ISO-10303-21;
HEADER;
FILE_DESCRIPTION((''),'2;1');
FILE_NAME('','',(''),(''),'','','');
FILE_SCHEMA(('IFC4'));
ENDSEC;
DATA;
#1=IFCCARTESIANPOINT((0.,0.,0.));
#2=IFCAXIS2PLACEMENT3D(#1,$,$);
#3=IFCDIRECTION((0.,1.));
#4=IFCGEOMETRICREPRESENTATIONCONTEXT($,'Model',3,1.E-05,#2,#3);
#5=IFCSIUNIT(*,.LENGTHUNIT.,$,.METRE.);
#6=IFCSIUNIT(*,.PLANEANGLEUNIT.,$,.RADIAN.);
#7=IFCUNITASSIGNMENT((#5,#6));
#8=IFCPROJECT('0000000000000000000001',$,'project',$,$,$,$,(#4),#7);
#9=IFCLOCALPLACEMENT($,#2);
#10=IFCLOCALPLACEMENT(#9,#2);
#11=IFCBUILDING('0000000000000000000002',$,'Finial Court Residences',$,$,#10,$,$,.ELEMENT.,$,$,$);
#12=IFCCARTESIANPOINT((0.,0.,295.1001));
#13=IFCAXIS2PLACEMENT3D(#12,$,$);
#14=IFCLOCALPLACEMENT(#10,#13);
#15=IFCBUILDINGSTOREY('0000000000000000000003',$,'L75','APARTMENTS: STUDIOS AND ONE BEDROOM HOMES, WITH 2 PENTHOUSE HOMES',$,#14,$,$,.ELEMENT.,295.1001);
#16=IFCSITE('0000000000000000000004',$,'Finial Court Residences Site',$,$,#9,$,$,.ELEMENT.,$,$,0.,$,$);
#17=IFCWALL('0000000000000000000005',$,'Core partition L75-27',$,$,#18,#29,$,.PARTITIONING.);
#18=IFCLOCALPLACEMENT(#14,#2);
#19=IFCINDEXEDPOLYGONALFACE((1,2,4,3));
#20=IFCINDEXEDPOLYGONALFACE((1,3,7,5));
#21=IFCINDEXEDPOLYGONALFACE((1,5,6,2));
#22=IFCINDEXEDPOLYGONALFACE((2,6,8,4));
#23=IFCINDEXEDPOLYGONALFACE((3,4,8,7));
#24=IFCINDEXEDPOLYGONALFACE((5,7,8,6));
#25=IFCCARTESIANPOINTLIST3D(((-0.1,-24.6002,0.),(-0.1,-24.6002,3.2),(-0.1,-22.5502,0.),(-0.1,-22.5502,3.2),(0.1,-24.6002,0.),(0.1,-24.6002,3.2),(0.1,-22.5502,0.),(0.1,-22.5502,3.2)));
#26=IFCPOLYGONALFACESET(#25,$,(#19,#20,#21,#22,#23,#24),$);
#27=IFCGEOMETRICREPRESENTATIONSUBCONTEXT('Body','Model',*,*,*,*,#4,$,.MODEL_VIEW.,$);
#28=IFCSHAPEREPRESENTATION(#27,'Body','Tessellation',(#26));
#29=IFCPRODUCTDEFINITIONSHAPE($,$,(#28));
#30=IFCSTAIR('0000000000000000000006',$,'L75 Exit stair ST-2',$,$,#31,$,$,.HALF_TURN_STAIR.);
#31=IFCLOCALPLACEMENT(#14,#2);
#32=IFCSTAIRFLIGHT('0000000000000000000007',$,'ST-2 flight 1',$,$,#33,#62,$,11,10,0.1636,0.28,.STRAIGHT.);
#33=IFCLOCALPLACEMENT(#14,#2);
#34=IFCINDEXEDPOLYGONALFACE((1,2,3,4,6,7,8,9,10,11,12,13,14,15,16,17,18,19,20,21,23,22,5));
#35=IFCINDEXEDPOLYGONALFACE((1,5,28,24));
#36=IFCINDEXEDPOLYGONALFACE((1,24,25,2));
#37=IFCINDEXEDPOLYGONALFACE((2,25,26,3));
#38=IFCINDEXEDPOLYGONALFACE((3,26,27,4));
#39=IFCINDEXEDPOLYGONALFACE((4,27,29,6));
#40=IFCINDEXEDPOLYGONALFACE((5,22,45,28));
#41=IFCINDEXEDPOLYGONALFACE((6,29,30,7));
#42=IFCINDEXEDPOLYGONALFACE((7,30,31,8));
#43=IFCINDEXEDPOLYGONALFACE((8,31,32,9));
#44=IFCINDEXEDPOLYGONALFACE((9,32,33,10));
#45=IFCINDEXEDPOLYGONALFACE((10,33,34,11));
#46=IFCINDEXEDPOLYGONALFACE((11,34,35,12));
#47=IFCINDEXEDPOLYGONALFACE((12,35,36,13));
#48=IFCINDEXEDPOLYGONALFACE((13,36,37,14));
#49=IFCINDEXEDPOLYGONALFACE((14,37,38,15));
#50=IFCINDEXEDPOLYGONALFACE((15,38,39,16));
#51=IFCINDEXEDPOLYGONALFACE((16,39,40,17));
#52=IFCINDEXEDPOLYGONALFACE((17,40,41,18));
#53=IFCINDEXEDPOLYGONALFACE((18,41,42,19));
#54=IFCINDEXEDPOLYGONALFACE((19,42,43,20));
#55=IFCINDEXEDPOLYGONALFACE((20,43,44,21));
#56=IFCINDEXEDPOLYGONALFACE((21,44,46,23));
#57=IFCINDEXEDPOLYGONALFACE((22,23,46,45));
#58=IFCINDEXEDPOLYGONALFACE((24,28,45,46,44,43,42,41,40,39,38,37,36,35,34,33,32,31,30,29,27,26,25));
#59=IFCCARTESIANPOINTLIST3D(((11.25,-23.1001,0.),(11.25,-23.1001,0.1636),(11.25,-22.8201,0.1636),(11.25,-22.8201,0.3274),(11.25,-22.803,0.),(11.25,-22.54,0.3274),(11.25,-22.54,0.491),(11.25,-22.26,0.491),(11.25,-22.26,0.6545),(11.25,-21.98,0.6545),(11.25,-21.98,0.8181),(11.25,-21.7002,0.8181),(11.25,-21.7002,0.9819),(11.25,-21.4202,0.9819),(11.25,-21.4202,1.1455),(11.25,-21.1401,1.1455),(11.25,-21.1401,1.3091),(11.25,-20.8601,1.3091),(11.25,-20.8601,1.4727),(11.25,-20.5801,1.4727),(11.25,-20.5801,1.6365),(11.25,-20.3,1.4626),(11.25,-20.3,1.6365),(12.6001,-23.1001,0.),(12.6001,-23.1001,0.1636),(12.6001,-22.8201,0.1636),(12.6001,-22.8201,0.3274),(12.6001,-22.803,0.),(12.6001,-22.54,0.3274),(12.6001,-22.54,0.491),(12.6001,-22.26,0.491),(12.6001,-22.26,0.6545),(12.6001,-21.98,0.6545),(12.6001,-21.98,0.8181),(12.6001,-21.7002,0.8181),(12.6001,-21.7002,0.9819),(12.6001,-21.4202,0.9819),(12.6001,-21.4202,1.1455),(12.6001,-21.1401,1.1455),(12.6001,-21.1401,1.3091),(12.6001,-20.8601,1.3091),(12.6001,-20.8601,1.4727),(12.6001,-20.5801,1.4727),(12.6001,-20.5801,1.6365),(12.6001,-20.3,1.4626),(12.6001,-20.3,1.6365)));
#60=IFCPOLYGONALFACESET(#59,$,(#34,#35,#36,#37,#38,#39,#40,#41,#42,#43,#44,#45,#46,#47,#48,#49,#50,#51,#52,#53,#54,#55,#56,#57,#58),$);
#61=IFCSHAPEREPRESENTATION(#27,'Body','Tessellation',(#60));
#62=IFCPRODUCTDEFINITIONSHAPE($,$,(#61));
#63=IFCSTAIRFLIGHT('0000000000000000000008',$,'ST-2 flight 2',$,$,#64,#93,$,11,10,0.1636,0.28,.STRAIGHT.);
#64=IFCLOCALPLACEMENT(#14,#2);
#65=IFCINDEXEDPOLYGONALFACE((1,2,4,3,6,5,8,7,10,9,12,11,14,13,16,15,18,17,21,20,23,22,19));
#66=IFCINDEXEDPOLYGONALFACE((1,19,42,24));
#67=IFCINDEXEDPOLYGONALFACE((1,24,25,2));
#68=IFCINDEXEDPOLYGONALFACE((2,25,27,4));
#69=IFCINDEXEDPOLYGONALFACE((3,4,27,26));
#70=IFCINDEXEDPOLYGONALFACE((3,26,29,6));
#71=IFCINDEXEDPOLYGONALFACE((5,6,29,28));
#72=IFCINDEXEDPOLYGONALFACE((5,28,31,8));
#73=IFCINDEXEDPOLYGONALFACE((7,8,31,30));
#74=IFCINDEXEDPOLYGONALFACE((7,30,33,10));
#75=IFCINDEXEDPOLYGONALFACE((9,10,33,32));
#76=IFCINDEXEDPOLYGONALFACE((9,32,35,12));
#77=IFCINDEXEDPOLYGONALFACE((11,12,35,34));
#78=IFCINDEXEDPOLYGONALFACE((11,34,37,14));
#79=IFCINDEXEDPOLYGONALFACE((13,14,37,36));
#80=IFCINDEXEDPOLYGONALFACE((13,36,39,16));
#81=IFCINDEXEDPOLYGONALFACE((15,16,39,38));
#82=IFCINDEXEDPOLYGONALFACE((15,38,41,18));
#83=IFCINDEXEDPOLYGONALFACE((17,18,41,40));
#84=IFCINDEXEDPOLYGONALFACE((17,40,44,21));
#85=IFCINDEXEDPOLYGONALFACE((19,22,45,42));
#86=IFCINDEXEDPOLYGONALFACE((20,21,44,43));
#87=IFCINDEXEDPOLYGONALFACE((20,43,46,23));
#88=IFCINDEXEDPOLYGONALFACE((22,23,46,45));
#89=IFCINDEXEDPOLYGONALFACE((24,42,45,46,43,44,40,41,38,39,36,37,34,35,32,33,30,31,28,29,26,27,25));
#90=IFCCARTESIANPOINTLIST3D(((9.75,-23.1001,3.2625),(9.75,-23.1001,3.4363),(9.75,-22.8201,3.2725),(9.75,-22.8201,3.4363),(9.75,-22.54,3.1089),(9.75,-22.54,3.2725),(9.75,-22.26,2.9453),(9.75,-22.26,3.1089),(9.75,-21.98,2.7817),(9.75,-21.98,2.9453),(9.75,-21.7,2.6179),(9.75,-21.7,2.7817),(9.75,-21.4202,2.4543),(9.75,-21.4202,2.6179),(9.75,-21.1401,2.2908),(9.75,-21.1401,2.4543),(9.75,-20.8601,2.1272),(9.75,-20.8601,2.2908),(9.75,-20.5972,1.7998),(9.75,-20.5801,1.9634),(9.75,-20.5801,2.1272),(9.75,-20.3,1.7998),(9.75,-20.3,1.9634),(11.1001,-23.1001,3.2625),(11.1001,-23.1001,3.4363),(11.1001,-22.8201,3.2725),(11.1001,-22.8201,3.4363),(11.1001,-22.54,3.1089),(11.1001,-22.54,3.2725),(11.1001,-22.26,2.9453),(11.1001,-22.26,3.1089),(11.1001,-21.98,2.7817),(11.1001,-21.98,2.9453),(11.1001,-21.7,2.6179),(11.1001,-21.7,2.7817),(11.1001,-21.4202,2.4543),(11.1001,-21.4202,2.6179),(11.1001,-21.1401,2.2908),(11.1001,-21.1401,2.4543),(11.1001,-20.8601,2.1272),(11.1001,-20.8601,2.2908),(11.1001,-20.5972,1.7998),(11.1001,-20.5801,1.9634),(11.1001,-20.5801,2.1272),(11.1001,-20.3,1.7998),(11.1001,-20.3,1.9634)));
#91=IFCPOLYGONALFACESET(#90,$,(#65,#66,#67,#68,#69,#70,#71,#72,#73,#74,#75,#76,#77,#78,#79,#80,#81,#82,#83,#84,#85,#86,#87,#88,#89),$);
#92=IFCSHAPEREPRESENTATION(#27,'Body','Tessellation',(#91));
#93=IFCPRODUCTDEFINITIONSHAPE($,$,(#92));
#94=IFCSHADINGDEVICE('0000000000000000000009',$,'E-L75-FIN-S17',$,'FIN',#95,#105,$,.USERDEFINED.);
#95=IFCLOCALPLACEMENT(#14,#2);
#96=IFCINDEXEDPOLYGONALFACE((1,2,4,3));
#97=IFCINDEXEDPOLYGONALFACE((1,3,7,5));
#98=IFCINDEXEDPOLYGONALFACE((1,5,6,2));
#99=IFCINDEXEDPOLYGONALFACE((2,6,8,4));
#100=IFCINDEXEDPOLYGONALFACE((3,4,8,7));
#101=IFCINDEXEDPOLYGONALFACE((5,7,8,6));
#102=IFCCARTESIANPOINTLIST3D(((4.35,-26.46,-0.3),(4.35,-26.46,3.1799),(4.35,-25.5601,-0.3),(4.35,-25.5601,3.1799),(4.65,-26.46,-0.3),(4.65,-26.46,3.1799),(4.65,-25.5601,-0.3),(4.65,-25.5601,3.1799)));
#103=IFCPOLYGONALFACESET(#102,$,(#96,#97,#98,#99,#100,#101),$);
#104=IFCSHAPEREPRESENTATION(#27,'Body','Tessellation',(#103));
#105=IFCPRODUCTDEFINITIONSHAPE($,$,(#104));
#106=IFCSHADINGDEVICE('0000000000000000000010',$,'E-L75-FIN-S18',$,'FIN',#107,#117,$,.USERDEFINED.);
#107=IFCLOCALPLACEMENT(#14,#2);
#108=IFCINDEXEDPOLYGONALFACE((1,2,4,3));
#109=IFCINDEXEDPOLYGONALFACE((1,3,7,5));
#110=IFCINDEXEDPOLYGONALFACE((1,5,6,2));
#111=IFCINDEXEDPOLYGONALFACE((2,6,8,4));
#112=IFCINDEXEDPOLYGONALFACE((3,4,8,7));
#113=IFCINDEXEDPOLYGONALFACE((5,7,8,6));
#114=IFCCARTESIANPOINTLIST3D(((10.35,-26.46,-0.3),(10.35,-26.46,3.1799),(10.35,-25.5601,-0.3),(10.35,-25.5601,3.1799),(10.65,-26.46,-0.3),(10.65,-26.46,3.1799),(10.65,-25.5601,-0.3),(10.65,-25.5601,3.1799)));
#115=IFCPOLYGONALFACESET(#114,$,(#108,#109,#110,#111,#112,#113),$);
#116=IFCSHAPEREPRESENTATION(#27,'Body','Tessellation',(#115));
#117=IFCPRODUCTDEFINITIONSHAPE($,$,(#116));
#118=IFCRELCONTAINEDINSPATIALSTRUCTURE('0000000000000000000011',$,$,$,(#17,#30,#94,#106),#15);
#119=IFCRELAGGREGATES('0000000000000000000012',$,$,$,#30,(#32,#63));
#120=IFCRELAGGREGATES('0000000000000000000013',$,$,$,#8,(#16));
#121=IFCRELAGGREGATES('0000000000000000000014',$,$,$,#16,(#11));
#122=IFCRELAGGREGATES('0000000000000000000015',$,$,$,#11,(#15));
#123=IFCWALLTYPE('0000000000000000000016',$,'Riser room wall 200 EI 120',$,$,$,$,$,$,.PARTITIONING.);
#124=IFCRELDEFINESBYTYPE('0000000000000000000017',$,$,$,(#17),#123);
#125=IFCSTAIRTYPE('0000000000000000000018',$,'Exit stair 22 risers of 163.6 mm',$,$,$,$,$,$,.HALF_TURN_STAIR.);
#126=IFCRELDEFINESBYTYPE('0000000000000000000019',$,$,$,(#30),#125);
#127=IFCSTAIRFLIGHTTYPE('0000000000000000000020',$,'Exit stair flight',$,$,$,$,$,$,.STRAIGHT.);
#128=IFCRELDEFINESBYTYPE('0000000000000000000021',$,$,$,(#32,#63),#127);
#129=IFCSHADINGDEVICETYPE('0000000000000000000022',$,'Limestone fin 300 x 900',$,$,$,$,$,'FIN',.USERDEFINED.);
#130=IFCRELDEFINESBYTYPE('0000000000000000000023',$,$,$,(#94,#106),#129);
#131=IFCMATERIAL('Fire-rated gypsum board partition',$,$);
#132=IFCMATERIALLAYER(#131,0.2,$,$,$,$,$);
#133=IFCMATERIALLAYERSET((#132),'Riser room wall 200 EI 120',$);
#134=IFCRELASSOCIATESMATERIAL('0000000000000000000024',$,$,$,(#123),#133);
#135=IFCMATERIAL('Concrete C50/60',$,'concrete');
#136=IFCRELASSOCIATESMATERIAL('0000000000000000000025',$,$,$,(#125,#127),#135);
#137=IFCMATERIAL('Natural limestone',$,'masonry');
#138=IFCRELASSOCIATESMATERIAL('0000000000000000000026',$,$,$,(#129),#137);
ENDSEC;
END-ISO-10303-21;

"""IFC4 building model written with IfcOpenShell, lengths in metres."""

from ifc_helpers import new_model, si_unit, direction, frame, frame_2d, origin, origin_2d, place, context, subcontext, project, spatial, polyline, rectangle, outline, extrude, material, layer, layer_set, type_object, element, aggregate, save


model = new_model("IFC4")

# Units and contexts
model_context = context("Model", 3, precision=1e-05, world=origin(), true_north=direction((0.0, 1.0)))
body_context = subcontext(model_context, "Body", "Model", "MODEL_VIEW")
ifc_project = project(units=[si_unit("LENGTHUNIT", "METRE"), si_unit("PLANEANGLEUNIT", "RADIAN")], contexts=[model_context])

# Site, building, storey
site_placement = place(None, origin())
site = spatial("IfcSite", under=ifc_project, at=site_placement, Name="Finial Court Residences Site", CompositionType="ELEMENT", RefElevation=0.0)
building_placement = place(site_placement, origin())
building = spatial("IfcBuilding", under=site, at=building_placement, Name="Finial Court Residences", CompositionType="ELEMENT")
storey_placement = place(building_placement, frame((0.0, 0.0, 295.1001)))
storey = spatial("IfcBuildingStorey", under=building, at=storey_placement, Name="L75", Description="APARTMENTS: STUDIOS AND ONE BEDROOM HOMES, WITH 2 PENTHOUSE HOMES", CompositionType="ELEMENT", Elevation=295.1001)

# Shared definitions
ifc_material_1 = material(Name="Fire-rated gypsum board partition")

# Shared definitions
ifc_material_2 = material(Name="Concrete C50/60", Category="concrete")

# Wall
ifc_layer_1 = layer(ifc_material_1, 0.2)
ifc_layer_set_1 = layer_set([ifc_layer_1], Name="Riser room wall 200 EI 120")
wall_type_1 = type_object("IfcWallType", Name="Riser room wall 200 EI 120", PredefinedType="PARTITIONING", material=ifc_layer_set_1)
wall_1_placement = place(storey_placement, frame((0.0, -24.6001, 0.0), z_axis=(0.0, 0.0, 1.0), x_axis=(0.0, 1.0, 0.0)))
element("IfcWall", 1, at=wall_1_placement, inside=storey, type_object=wall_type_1, Name="Core partition L75-27", PredefinedType="PARTITIONING", context=body_context, shape_type="SweptSolid", body=[
    extrude(rectangle(XDim=2.05, YDim=0.2, at=frame_2d((1.0249, 0.0))), origin(), (0.0, 0.0, 1.0), 3.2),
])

# Stair, stair flights
stair_type = type_object("IfcStairType", Name="Exit stair 22 risers of 163.6 mm", PredefinedType="HALF_TURN_STAIR", material=ifc_material_2)
stair_placement = place(storey_placement, origin())
stair = element("IfcStair", 2, at=stair_placement, inside=storey, type_object=stair_type, Name="L75 Exit stair ST-2", PredefinedType="HALF_TURN_STAIR")
stair_flight_type = type_object("IfcStairFlightType", Name="Exit stair flight", PredefinedType="STRAIGHT", material=ifc_material_2)
stair_flight_1_placement = place(storey_placement, frame((11.925, -23.1001, 0.0), z_axis=(0.0, 0.0, 1.0), x_axis=(0.0, 1.0, 0.0)))
stair_flight_1 = element("IfcStairFlight", 3, at=stair_flight_1_placement, type_object=stair_flight_type, Name="ST-2 flight 1", NumberOfRisers=11, NumberOfTreads=10, PredefinedType="STRAIGHT", RiserHeight=0.1636, TreadLength=0.28, context=body_context, shape_type="SweptSolid", body=[
    extrude(outline(polyline([(0.0, 0.0), (0.0, 0.1636), (0.28, 0.1636), (0.28, 0.3274), (0.5601, 0.3274), (0.5601, 0.491), (0.8401, 0.491), (0.8401, 0.6545), (1.1201, 0.6545), (1.1201, 0.8181), (1.3999, 0.8181), (1.3999, 0.9819), (1.6799, 0.9819), (1.6799, 1.1455), (1.96, 1.1455), (1.96, 1.3091), (2.24, 1.3091), (2.24, 1.4727), (2.52, 1.4727), (2.52, 1.6365), (2.8, 1.6365), (2.8, 1.8), (2.8, 1.4626), (0.2971, 0.0), (0.0, 0.0)])), frame((0.0, 0.675, 0.0), z_axis=(0.0, -1.0, 0.0), x_axis=(1.0, 0.0, 0.0)), (0.0, 0.0, 1.0), 1.3501),
])
stair_flight_2_placement = place(storey_placement, frame((10.425, -20.3, 1.7998), z_axis=(0.0, 0.0, 1.0), x_axis=(0.0, -1.0, 0.0)))
stair_flight_2 = element("IfcStairFlight", 4, at=stair_flight_2_placement, type_object=stair_flight_type, Name="ST-2 flight 2", NumberOfRisers=11, NumberOfTreads=10, PredefinedType="STRAIGHT", RiserHeight=0.1636, TreadLength=0.28, context=body_context, shape_type="SweptSolid", body=[
    extrude(outline(polyline([(0.0, 0.0), (0.0, 0.1636), (0.28, 0.1636), (0.28, 0.3274), (0.5601, 0.3274), (0.5601, 0.491), (0.8401, 0.491), (0.8401, 0.6545), (1.1201, 0.6545), (1.1201, 0.8181), (1.3999, 0.8181), (1.3999, 0.9819), (1.6799, 0.9819), (1.6799, 1.1455), (1.96, 1.1455), (1.96, 1.3091), (2.24, 1.3091), (2.24, 1.4727), (2.52, 1.4727), (2.52, 1.6365), (2.8, 1.6365), (2.8, 1.8), (2.8, 1.4626), (0.2971, 0.0), (0.0, 0.0)])), frame((0.0, 0.675, 0.0), z_axis=(0.0, -1.0, 0.0), x_axis=(1.0, 0.0, 0.0)), (0.0, 0.0, 1.0), 1.3501),
])
aggregate(stair, [stair_flight_1, stair_flight_2])

# Shading devices
ifc_material_3 = material(Name="Natural limestone", Category="masonry")
shading_device_type = type_object("IfcShadingDeviceType", Name="Limestone fin 300 x 900", ElementType="FIN", PredefinedType="USERDEFINED", material=ifc_material_3)
for number, where, z_axis, x_axis, name in (
    (5, (4.5, -26.01, -0.3), (0.0, 0.0, 1.0), (1.0, 0.0, 0.0), "E-L75-FIN-S17"),
    (6, (10.5, -26.01, -0.3), (0.0, 0.0, 1.0), (1.0, 0.0, 0.0), "E-L75-FIN-S18"),
):
    element("IfcShadingDevice", number, at=place(storey_placement, frame(where, z_axis=z_axis, x_axis=x_axis)), inside=storey, type_object=shading_device_type, Name=name, ObjectType="FIN", PredefinedType="USERDEFINED", context=body_context, shape_type="SweptSolid", body=[
        extrude(rectangle(XDim=0.3, YDim=0.8999, at=origin_2d()), origin(), (0.0, 0.0, 1.0), 3.48),
    ])

save(model, "model.ifc")
